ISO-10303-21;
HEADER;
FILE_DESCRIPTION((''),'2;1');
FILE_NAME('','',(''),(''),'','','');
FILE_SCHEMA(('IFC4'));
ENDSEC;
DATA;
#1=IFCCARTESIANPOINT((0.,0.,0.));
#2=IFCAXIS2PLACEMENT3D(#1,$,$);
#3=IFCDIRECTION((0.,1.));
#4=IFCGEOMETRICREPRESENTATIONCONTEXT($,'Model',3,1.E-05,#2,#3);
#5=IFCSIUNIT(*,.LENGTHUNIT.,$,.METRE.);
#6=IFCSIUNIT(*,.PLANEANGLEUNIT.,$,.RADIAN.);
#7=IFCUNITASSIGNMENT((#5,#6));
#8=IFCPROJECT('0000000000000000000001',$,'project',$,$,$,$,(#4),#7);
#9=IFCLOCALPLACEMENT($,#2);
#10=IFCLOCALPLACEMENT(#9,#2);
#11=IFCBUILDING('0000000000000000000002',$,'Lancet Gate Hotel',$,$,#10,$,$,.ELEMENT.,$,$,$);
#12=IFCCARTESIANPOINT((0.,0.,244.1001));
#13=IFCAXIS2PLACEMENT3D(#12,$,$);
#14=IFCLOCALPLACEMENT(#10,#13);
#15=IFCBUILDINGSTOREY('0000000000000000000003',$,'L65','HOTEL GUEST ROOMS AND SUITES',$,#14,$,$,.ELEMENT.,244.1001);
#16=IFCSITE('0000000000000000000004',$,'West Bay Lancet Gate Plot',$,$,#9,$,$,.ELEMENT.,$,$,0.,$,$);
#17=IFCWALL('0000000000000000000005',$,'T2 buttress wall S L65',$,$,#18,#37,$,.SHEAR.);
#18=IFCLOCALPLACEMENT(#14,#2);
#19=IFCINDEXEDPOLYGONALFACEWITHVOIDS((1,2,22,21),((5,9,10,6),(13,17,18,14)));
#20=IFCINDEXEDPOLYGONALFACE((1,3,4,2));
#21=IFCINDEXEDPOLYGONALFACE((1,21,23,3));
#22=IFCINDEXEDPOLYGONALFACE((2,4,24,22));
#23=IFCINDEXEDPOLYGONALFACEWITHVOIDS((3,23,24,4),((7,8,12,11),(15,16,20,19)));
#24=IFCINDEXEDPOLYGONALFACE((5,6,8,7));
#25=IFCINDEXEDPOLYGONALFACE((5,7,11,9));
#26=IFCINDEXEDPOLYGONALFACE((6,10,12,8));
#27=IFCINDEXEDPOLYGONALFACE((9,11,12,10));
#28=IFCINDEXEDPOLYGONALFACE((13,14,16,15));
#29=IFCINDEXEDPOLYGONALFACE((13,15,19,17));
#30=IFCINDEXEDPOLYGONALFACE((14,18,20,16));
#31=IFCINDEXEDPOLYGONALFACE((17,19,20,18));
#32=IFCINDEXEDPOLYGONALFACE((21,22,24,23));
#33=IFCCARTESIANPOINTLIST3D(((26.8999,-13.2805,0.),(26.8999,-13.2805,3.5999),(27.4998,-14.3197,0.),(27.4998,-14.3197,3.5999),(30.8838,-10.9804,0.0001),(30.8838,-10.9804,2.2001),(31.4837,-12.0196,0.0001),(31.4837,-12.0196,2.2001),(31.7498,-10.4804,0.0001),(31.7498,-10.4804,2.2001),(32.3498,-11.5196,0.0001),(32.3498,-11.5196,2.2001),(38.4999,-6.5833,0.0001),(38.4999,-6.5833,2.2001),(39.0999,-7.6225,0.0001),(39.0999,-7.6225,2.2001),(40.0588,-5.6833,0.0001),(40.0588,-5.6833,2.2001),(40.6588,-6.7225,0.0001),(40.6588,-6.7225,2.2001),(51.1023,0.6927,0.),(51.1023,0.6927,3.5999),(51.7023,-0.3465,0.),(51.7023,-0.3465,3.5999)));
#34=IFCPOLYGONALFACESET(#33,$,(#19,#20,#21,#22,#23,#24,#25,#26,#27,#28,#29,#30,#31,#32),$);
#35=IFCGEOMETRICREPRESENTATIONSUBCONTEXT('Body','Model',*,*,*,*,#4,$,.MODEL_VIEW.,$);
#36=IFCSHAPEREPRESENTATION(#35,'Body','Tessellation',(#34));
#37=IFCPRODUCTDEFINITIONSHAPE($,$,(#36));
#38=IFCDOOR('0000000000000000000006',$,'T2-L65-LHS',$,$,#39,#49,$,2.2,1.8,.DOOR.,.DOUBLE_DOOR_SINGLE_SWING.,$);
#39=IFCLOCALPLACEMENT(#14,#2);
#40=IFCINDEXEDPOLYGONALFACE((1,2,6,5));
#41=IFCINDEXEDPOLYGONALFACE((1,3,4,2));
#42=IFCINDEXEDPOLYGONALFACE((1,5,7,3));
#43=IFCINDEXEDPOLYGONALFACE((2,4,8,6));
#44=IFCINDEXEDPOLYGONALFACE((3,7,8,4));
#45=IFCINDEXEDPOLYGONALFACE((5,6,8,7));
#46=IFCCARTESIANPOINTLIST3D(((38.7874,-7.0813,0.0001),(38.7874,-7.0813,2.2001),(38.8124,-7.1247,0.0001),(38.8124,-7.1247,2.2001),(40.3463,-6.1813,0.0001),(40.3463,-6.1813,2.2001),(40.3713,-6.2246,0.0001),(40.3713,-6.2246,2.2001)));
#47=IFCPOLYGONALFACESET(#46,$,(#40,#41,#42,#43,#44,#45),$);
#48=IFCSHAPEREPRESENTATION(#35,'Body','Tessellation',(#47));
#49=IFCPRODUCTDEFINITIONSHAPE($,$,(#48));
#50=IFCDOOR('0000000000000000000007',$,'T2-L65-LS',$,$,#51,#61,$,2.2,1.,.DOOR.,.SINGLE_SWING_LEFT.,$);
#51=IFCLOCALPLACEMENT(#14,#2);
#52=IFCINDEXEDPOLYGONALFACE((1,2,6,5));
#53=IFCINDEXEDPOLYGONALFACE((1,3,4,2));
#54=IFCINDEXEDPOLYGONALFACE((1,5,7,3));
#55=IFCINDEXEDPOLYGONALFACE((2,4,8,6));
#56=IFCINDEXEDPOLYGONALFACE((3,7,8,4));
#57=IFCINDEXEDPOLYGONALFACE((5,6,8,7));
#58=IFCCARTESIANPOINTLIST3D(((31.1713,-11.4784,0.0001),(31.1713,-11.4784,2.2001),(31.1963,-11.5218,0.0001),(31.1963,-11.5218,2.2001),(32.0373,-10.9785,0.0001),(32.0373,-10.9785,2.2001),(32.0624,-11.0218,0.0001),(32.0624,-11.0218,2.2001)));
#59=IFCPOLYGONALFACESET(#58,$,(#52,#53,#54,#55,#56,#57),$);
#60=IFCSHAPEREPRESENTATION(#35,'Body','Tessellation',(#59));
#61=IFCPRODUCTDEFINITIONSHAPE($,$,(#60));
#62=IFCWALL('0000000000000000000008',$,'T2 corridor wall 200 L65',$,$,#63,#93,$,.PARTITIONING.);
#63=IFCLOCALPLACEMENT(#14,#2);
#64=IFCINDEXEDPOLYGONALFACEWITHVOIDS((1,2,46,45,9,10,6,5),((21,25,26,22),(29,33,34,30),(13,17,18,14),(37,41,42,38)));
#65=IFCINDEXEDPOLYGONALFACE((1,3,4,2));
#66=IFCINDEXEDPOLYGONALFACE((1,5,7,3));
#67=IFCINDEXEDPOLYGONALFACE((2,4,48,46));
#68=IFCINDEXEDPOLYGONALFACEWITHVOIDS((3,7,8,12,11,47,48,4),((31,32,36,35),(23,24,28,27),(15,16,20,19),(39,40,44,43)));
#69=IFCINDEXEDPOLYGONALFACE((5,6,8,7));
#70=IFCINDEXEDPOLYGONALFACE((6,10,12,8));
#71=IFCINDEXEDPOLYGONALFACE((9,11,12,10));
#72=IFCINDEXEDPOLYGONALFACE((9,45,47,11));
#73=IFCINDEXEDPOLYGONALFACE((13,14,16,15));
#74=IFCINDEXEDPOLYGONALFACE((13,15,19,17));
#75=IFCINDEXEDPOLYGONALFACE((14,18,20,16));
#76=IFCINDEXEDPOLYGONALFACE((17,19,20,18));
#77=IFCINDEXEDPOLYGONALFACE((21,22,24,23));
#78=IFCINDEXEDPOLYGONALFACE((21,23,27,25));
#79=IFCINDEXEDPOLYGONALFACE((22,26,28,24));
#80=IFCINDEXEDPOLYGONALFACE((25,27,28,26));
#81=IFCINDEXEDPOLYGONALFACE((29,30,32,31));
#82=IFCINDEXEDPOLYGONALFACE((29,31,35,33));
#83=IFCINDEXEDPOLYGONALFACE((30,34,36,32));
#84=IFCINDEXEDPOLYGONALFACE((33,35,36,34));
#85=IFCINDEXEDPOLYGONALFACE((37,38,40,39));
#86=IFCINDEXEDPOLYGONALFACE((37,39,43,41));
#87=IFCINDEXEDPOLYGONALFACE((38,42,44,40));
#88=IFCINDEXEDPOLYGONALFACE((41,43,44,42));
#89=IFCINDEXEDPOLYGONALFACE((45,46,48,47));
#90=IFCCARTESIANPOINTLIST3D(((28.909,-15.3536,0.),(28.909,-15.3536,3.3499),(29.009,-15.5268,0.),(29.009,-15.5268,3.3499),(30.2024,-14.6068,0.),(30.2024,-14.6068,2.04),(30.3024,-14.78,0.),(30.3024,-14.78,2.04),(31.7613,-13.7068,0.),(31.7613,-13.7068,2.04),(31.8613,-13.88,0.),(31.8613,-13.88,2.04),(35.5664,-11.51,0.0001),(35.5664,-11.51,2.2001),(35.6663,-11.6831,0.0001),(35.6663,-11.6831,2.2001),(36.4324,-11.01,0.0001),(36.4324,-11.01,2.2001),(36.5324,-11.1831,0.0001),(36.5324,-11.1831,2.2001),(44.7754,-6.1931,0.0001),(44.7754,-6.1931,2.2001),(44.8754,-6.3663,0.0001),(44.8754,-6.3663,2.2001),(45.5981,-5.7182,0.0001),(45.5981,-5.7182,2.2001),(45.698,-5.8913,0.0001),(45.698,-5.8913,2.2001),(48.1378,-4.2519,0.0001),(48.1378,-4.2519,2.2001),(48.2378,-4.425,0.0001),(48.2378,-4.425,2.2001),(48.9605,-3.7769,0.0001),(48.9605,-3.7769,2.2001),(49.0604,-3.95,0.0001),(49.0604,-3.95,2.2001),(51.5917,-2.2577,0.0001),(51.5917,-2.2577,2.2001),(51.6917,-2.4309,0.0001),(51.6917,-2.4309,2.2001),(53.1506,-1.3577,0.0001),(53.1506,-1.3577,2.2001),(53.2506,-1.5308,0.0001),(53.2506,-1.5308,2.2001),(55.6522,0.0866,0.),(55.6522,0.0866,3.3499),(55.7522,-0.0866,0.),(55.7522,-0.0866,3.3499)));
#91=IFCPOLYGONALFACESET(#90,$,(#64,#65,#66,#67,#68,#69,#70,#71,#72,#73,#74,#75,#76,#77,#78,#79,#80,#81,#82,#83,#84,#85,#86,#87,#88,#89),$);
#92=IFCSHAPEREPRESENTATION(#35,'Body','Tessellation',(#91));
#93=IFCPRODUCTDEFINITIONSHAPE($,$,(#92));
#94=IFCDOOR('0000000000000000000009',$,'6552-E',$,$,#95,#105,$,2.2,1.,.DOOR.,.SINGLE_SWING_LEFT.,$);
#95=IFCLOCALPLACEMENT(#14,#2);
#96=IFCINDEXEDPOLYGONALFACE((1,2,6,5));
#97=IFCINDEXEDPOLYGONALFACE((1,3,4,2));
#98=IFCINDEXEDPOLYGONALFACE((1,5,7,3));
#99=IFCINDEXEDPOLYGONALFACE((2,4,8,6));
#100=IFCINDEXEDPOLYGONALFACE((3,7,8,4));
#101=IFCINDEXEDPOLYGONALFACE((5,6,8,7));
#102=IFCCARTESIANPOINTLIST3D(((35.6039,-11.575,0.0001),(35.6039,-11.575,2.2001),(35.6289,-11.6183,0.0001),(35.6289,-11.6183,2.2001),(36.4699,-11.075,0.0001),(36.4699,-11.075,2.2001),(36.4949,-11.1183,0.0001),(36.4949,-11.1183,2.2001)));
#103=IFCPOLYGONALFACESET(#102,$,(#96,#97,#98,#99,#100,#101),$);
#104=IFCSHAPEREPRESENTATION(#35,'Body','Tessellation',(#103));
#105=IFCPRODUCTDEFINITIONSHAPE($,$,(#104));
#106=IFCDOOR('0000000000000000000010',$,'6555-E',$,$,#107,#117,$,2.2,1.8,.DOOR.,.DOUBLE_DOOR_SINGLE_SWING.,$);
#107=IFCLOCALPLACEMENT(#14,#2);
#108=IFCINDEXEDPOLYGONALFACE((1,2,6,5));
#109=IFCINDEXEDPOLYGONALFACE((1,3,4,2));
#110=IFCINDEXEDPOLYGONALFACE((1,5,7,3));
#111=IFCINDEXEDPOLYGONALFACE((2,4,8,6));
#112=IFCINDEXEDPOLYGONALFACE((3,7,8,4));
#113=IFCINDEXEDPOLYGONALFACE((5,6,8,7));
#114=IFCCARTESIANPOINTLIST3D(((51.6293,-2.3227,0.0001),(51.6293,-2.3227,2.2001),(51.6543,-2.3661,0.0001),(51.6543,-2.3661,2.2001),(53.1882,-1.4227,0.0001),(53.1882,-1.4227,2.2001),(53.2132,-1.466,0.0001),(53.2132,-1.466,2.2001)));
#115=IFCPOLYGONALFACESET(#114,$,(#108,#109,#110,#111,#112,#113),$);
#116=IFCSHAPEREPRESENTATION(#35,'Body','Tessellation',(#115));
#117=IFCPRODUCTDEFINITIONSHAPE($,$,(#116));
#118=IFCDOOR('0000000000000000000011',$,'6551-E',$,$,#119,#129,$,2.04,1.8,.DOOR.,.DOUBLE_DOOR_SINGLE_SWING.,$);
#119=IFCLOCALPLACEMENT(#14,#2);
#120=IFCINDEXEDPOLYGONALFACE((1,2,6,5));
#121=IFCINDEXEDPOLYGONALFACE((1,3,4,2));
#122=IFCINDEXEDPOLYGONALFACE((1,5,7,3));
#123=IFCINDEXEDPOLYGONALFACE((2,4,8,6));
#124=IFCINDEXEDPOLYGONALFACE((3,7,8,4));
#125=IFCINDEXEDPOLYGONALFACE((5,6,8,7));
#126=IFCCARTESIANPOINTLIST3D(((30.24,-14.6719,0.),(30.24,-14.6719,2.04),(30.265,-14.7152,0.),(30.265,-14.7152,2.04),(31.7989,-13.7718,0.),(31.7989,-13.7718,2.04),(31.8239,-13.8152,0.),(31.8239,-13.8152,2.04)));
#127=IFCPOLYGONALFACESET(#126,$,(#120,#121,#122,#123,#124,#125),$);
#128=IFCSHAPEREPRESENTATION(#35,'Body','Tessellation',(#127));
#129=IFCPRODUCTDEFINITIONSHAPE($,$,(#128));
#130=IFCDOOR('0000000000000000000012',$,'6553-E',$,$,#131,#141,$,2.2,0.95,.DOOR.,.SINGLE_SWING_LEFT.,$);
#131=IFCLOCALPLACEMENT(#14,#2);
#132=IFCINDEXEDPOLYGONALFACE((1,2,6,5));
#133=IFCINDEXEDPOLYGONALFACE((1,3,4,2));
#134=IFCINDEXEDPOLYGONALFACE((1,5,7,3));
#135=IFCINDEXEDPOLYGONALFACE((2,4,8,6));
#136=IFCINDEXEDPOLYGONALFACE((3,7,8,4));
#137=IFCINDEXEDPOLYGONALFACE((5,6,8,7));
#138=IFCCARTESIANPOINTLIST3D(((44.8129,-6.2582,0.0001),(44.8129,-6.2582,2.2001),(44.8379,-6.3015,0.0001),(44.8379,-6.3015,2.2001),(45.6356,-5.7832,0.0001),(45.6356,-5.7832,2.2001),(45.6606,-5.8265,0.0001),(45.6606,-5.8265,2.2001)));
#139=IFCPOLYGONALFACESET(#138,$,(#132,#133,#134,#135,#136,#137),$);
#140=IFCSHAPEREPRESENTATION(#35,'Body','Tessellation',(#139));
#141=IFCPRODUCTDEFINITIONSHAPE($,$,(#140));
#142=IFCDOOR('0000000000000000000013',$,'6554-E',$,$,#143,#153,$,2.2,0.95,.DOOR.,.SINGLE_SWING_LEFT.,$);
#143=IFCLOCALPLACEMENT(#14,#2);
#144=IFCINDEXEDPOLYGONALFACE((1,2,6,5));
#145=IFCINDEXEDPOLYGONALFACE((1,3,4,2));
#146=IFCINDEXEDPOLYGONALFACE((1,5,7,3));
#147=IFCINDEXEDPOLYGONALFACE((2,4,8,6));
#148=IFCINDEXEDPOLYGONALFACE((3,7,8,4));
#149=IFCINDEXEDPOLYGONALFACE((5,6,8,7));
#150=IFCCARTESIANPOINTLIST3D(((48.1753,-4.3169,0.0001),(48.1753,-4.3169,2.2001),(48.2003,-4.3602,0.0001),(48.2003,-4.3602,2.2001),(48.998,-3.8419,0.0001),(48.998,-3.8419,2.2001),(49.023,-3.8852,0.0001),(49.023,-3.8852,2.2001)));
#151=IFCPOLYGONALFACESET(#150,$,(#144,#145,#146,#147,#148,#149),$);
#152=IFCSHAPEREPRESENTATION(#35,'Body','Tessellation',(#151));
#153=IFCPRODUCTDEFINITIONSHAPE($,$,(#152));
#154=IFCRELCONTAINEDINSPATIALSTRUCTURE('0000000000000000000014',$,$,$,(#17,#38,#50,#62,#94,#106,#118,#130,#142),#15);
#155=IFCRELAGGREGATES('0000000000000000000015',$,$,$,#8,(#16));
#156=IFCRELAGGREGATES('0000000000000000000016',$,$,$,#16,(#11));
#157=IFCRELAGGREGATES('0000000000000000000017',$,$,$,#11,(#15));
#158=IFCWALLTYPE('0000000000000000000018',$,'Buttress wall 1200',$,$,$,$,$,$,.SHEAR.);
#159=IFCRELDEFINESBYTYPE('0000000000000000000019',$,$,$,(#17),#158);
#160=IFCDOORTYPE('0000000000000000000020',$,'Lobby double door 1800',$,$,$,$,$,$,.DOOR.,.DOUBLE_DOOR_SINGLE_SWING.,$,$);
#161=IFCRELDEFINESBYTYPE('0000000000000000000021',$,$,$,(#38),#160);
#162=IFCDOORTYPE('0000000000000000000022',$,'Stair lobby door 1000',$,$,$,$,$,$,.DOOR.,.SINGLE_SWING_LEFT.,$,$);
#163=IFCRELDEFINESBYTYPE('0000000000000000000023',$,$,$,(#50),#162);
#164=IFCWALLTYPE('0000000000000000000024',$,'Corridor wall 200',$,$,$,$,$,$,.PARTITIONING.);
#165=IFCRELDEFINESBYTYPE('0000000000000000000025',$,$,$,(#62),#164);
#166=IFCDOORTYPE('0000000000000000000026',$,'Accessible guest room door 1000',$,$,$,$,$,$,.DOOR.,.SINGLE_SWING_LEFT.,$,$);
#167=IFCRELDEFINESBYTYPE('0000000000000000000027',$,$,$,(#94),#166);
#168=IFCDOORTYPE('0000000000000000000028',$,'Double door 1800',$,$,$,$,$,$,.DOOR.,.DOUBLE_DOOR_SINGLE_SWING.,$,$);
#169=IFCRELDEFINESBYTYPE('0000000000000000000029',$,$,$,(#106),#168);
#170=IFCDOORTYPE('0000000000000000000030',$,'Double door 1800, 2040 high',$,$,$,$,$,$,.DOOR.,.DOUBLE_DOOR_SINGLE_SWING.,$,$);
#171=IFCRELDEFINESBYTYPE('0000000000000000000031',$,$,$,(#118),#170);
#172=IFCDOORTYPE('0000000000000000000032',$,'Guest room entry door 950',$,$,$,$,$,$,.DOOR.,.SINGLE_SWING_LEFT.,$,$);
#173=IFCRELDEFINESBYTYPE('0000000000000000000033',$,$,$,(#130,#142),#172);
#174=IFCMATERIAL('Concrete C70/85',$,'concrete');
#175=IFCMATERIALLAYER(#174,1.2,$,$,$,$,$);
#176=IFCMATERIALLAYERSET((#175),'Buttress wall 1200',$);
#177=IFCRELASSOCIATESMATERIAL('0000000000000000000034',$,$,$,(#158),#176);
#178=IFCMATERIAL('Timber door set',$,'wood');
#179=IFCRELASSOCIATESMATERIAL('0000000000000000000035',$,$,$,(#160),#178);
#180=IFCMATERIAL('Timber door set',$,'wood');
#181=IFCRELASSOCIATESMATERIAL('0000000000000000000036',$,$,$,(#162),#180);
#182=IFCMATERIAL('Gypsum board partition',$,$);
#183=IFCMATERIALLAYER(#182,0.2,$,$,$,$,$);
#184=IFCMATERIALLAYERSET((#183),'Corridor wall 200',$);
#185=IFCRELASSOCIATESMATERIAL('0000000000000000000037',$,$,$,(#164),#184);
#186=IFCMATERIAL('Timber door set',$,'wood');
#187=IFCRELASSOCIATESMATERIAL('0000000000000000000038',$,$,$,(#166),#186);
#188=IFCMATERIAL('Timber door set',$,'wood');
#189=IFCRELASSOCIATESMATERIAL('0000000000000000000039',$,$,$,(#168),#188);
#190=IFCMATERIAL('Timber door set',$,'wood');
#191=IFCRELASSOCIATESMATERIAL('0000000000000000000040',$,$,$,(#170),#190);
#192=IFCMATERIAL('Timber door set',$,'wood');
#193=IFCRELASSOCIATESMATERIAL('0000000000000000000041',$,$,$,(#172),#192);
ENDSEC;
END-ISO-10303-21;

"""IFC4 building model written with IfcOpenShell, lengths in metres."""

from ifc_helpers import new_model, si_unit, direction, frame, frame_2d, origin, place, context, subcontext, project, spatial, rectangle, extrude, material, layer, layer_set, type_object, element, fill, save


model = new_model("IFC4")

# Units and contexts
model_context = context("Model", 3, precision=1e-05, world=origin(), true_north=direction((0.0, 1.0)))
body_context = subcontext(model_context, "Body", "Model", "MODEL_VIEW")
ifc_project = project(units=[si_unit("LENGTHUNIT", "METRE"), si_unit("PLANEANGLEUNIT", "RADIAN")], contexts=[model_context])

# Site, building, storey
site_placement = place(None, origin())
site = spatial("IfcSite", under=ifc_project, at=site_placement, Name="West Bay Lancet Gate Plot", CompositionType="ELEMENT", RefElevation=0.0)
building_placement = place(site_placement, origin())
building = spatial("IfcBuilding", under=site, at=building_placement, Name="Lancet Gate Hotel", CompositionType="ELEMENT")
storey_placement = place(building_placement, frame((0.0, 0.0, 244.1001)))
storey = spatial("IfcBuildingStorey", under=building, at=storey_placement, Name="L65", Description="HOTEL GUEST ROOMS AND SUITES", CompositionType="ELEMENT", Elevation=244.1001)

# Walls, openings, doors
ifc_material_1 = material(Name="Concrete C70/85", Category="concrete")
ifc_layer_1 = layer(ifc_material_1, 1.2)
ifc_layer_set_1 = layer_set([ifc_layer_1], Name="Buttress wall 1200")
wall_type_1 = type_object("IfcWallType", Name="Buttress wall 1200", PredefinedType="SHEAR", material=ifc_layer_set_1)
wall_1_placement = place(storey_placement, frame((27.2, -13.8, 0.0), z_axis=(0.0, 0.0, 1.0), x_axis=(0.866027, 0.499997, 0.0)))
wall_1 = element("IfcWall", 1, at=wall_1_placement, inside=storey, type_object=wall_type_1, Name="T2 buttress wall S L65", PredefinedType="SHEAR", context=body_context, shape_type="SweptSolid", body=[
    extrude(rectangle(XDim=27.9465, YDim=1.2, at=frame_2d((13.9731, 0.0))), origin(), (0.0, 0.0, 1.0), 3.5999),
])
opening_1_placement = place(wall_1_placement, frame((4.6001, 0.0, 0.0)))
opening_1 = element("IfcOpeningElement", 2, at=opening_1_placement, cuts=wall_1, PredefinedType="OPENING", context=body_context, shape_type="SweptSolid", body=[
    extrude(rectangle(XDim=1.0, YDim=2.2, at=frame_2d((0.5, 1.1001))), frame((0.0, 0.6099, 0.0), z_axis=(0.0, -1.0, 0.0), x_axis=(1.0, 0.0, 0.0)), (0.0, 0.0, 1.0), 1.22),
])
opening_2_placement = place(wall_1_placement, frame((13.3945, 0.0, 0.0)))
opening_2 = element("IfcOpeningElement", 3, at=opening_2_placement, cuts=wall_1, PredefinedType="OPENING", context=body_context, shape_type="SweptSolid", body=[
    extrude(rectangle(XDim=1.8, YDim=2.2, at=frame_2d((0.8999, 1.1001))), frame((0.0, 0.6099, 0.0), z_axis=(0.0, -1.0, 0.0), x_axis=(1.0, 0.0, 0.0)), (0.0, 0.0, 1.0), 1.22),
])
ifc_material_2 = material(Name="Timber door set", Category="wood")
door_type_1 = type_object("IfcDoorType", Name="Lobby double door 1800", OperationType="DOUBLE_DOOR_SINGLE_SWING", PredefinedType="DOOR", material=ifc_material_2)
door_1_placement = place(opening_2_placement, origin())
door_1 = element("IfcDoor", 4, at=door_1_placement, inside=storey, type_object=door_type_1, Name="T2-L65-LHS", OperationType="DOUBLE_DOOR_SINGLE_SWING", OverallHeight=2.2, OverallWidth=1.8, PredefinedType="DOOR", context=body_context, shape_type="SweptSolid", body=[
    extrude(rectangle(XDim=1.8, YDim=2.2, at=frame_2d((0.8999, 1.1001))), frame((0.0, 0.0249, 0.0), z_axis=(0.0, -1.0, 0.0), x_axis=(1.0, 0.0, 0.0)), (0.0, 0.0, 1.0), 0.05),
])
fill(opening_2, door_1)
ifc_material_3 = material(Name="Timber door set", Category="wood")
door_type_2 = type_object("IfcDoorType", Name="Stair lobby door 1000", OperationType="SINGLE_SWING_LEFT", PredefinedType="DOOR", material=ifc_material_3)
door_2_placement = place(opening_1_placement, origin())
door_2 = element("IfcDoor", 5, at=door_2_placement, inside=storey, type_object=door_type_2, Name="T2-L65-LS", OperationType="SINGLE_SWING_LEFT", OverallHeight=2.2, OverallWidth=1.0, PredefinedType="DOOR", context=body_context, shape_type="SweptSolid", body=[
    extrude(rectangle(XDim=1.0, YDim=2.2, at=frame_2d((0.5, 1.1001))), frame((0.0, 0.0249, 0.0), z_axis=(0.0, -1.0, 0.0), x_axis=(1.0, 0.0, 0.0)), (0.0, 0.0, 1.0), 0.05),
])
fill(opening_1, door_2)
ifc_material_4 = material(Name="Gypsum board partition")
ifc_layer_2 = layer(ifc_material_4, 0.2)
ifc_layer_set_2 = layer_set([ifc_layer_2], Name="Corridor wall 200")
wall_type_2 = type_object("IfcWallType", Name="Corridor wall 200", PredefinedType="PARTITIONING", material=ifc_layer_set_2)
wall_2_placement = place(storey_placement, frame((28.959, -15.4402, 0.0), z_axis=(0.0, 0.0, 1.0), x_axis=(0.866025, 0.5, 0.0)))
wall_2 = element("IfcWall", 6, at=wall_2_placement, inside=storey, type_object=wall_type_2, Name="T2 corridor wall 200 L65", PredefinedType="PARTITIONING", context=body_context, shape_type="SweptSolid", body=[
    extrude(rectangle(XDim=30.8804, YDim=0.2, at=frame_2d((15.4402, 0.0))), origin(), (0.0, 0.0, 1.0), 3.3499),
])
opening_3_placement = place(wall_2_placement, frame((1.4937, 0.0, 0.0)))
opening_3 = element("IfcOpeningElement", 7, at=opening_3_placement, cuts=wall_2, PredefinedType="OPENING", context=body_context, shape_type="SweptSolid", body=[
    extrude(rectangle(XDim=1.8, YDim=2.04, at=frame_2d((0.8999, 1.02))), frame((0.0, 0.1099, 0.0), z_axis=(0.0, -1.0, 0.0), x_axis=(1.0, 0.0, 0.0)), (0.0, 0.0, 1.0), 0.22),
])
opening_4_placement = place(wall_2_placement, frame((7.6873, 0.0, 0.0)))
opening_4 = element("IfcOpeningElement", 8, at=opening_4_placement, cuts=wall_2, PredefinedType="OPENING", context=body_context, shape_type="SweptSolid", body=[
    extrude(rectangle(XDim=1.0, YDim=2.2, at=frame_2d((0.5, 1.1001))), frame((0.0, 0.1099, 0.0), z_axis=(0.0, -1.0, 0.0), x_axis=(1.0, 0.0, 0.0)), (0.0, 0.0, 1.0), 0.22),
])
opening_5_placement = place(wall_2_placement, frame((18.3208, 0.0, 0.0)))
opening_5 = element("IfcOpeningElement", 9, at=opening_5_placement, cuts=wall_2, PredefinedType="OPENING", context=body_context, shape_type="SweptSolid", body=[
    extrude(rectangle(XDim=0.95, YDim=2.2, at=frame_2d((0.4751, 1.1001))), frame((0.0, 0.1099, 0.0), z_axis=(0.0, -1.0, 0.0), x_axis=(1.0, 0.0, 0.0)), (0.0, 0.0, 1.0), 0.22),
])
opening_6_placement = place(wall_2_placement, frame((22.2034, 0.0, 0.0)))
opening_6 = element("IfcOpeningElement", 10, at=opening_6_placement, cuts=wall_2, PredefinedType="OPENING", context=body_context, shape_type="SweptSolid", body=[
    extrude(rectangle(XDim=0.95, YDim=2.2, at=frame_2d((0.4751, 1.1001))), frame((0.0, 0.1099, 0.0), z_axis=(0.0, -1.0, 0.0), x_axis=(1.0, 0.0, 0.0)), (0.0, 0.0, 1.0), 0.22),
])
opening_7_placement = place(wall_2_placement, frame((26.1919, 0.0, 0.0)))
opening_7 = element("IfcOpeningElement", 11, at=opening_7_placement, cuts=wall_2, PredefinedType="OPENING", context=body_context, shape_type="SweptSolid", body=[
    extrude(rectangle(XDim=1.8, YDim=2.2, at=frame_2d((0.8999, 1.1001))), frame((0.0, 0.1099, 0.0), z_axis=(0.0, -1.0, 0.0), x_axis=(1.0, 0.0, 0.0)), (0.0, 0.0, 1.0), 0.22),
])
ifc_material_5 = material(Name="Timber door set", Category="wood")
door_type_3 = type_object("IfcDoorType", Name="Accessible guest room door 1000", OperationType="SINGLE_SWING_LEFT", PredefinedType="DOOR", material=ifc_material_5)
door_3_placement = place(opening_4_placement, origin())
door_3 = element("IfcDoor", 12, at=door_3_placement, inside=storey, type_object=door_type_3, Name="6552-E", OperationType="SINGLE_SWING_LEFT", OverallHeight=2.2, OverallWidth=1.0, PredefinedType="DOOR", context=body_context, shape_type="SweptSolid", body=[
    extrude(rectangle(XDim=1.0, YDim=2.2, at=frame_2d((0.5, 1.1001))), frame((0.0, 0.0249, 0.0), z_axis=(0.0, -1.0, 0.0), x_axis=(1.0, 0.0, 0.0)), (0.0, 0.0, 1.0), 0.05),
])
fill(opening_4, door_3)
ifc_material_6 = material(Name="Timber door set", Category="wood")
door_type_4 = type_object("IfcDoorType", Name="Double door 1800", OperationType="DOUBLE_DOOR_SINGLE_SWING", PredefinedType="DOOR", material=ifc_material_6)
door_4_placement = place(opening_7_placement, origin())
door_4 = element("IfcDoor", 13, at=door_4_placement, inside=storey, type_object=door_type_4, Name="6555-E", OperationType="DOUBLE_DOOR_SINGLE_SWING", OverallHeight=2.2, OverallWidth=1.8, PredefinedType="DOOR", context=body_context, shape_type="SweptSolid", body=[
    extrude(rectangle(XDim=1.8, YDim=2.2, at=frame_2d((0.8999, 1.1001))), frame((0.0, 0.0249, 0.0), z_axis=(0.0, -1.0, 0.0), x_axis=(1.0, 0.0, 0.0)), (0.0, 0.0, 1.0), 0.05),
])
fill(opening_7, door_4)
ifc_material_7 = material(Name="Timber door set", Category="wood")
door_type_5 = type_object("IfcDoorType", Name="Double door 1800, 2040 high", OperationType="DOUBLE_DOOR_SINGLE_SWING", PredefinedType="DOOR", material=ifc_material_7)
door_5_placement = place(opening_3_placement, origin())
door_5 = element("IfcDoor", 14, at=door_5_placement, inside=storey, type_object=door_type_5, Name="6551-E", OperationType="DOUBLE_DOOR_SINGLE_SWING", OverallHeight=2.04, OverallWidth=1.8, PredefinedType="DOOR", context=body_context, shape_type="SweptSolid", body=[
    extrude(rectangle(XDim=1.8, YDim=2.04, at=frame_2d((0.8999, 1.02))), frame((0.0, 0.0249, 0.0), z_axis=(0.0, -1.0, 0.0), x_axis=(1.0, 0.0, 0.0)), (0.0, 0.0, 1.0), 0.05),
])
fill(opening_3, door_5)
ifc_material_8 = material(Name="Timber door set", Category="wood")
door_type_6 = type_object("IfcDoorType", Name="Guest room entry door 950", OperationType="SINGLE_SWING_LEFT", PredefinedType="DOOR", material=ifc_material_8)
door_6_placement = place(opening_5_placement, origin())
door_6 = element("IfcDoor", 15, at=door_6_placement, inside=storey, type_object=door_type_6, Name="6553-E", OperationType="SINGLE_SWING_LEFT", OverallHeight=2.2, OverallWidth=0.95, PredefinedType="DOOR", context=body_context, shape_type="SweptSolid", body=[
    extrude(rectangle(XDim=0.95, YDim=2.2, at=frame_2d((0.4751, 1.1001))), frame((0.0, 0.0249, 0.0), z_axis=(0.0, -1.0, 0.0), x_axis=(1.0, 0.0, 0.0)), (0.0, 0.0, 1.0), 0.05),
])
fill(opening_5, door_6)
door_7_placement = place(opening_6_placement, origin())
door_7 = element("IfcDoor", 16, at=door_7_placement, inside=storey, type_object=door_type_6, Name="6554-E", OperationType="SINGLE_SWING_LEFT", OverallHeight=2.2, OverallWidth=0.95, PredefinedType="DOOR", context=body_context, shape_type="SweptSolid", body=[
    extrude(rectangle(XDim=0.95, YDim=2.2, at=frame_2d((0.4751, 1.1001))), frame((0.0, 0.0249, 0.0), z_axis=(0.0, -1.0, 0.0), x_axis=(1.0, 0.0, 0.0)), (0.0, 0.0, 1.0), 0.05),
])
fill(opening_6, door_7)

save(model, "model.ifc")
